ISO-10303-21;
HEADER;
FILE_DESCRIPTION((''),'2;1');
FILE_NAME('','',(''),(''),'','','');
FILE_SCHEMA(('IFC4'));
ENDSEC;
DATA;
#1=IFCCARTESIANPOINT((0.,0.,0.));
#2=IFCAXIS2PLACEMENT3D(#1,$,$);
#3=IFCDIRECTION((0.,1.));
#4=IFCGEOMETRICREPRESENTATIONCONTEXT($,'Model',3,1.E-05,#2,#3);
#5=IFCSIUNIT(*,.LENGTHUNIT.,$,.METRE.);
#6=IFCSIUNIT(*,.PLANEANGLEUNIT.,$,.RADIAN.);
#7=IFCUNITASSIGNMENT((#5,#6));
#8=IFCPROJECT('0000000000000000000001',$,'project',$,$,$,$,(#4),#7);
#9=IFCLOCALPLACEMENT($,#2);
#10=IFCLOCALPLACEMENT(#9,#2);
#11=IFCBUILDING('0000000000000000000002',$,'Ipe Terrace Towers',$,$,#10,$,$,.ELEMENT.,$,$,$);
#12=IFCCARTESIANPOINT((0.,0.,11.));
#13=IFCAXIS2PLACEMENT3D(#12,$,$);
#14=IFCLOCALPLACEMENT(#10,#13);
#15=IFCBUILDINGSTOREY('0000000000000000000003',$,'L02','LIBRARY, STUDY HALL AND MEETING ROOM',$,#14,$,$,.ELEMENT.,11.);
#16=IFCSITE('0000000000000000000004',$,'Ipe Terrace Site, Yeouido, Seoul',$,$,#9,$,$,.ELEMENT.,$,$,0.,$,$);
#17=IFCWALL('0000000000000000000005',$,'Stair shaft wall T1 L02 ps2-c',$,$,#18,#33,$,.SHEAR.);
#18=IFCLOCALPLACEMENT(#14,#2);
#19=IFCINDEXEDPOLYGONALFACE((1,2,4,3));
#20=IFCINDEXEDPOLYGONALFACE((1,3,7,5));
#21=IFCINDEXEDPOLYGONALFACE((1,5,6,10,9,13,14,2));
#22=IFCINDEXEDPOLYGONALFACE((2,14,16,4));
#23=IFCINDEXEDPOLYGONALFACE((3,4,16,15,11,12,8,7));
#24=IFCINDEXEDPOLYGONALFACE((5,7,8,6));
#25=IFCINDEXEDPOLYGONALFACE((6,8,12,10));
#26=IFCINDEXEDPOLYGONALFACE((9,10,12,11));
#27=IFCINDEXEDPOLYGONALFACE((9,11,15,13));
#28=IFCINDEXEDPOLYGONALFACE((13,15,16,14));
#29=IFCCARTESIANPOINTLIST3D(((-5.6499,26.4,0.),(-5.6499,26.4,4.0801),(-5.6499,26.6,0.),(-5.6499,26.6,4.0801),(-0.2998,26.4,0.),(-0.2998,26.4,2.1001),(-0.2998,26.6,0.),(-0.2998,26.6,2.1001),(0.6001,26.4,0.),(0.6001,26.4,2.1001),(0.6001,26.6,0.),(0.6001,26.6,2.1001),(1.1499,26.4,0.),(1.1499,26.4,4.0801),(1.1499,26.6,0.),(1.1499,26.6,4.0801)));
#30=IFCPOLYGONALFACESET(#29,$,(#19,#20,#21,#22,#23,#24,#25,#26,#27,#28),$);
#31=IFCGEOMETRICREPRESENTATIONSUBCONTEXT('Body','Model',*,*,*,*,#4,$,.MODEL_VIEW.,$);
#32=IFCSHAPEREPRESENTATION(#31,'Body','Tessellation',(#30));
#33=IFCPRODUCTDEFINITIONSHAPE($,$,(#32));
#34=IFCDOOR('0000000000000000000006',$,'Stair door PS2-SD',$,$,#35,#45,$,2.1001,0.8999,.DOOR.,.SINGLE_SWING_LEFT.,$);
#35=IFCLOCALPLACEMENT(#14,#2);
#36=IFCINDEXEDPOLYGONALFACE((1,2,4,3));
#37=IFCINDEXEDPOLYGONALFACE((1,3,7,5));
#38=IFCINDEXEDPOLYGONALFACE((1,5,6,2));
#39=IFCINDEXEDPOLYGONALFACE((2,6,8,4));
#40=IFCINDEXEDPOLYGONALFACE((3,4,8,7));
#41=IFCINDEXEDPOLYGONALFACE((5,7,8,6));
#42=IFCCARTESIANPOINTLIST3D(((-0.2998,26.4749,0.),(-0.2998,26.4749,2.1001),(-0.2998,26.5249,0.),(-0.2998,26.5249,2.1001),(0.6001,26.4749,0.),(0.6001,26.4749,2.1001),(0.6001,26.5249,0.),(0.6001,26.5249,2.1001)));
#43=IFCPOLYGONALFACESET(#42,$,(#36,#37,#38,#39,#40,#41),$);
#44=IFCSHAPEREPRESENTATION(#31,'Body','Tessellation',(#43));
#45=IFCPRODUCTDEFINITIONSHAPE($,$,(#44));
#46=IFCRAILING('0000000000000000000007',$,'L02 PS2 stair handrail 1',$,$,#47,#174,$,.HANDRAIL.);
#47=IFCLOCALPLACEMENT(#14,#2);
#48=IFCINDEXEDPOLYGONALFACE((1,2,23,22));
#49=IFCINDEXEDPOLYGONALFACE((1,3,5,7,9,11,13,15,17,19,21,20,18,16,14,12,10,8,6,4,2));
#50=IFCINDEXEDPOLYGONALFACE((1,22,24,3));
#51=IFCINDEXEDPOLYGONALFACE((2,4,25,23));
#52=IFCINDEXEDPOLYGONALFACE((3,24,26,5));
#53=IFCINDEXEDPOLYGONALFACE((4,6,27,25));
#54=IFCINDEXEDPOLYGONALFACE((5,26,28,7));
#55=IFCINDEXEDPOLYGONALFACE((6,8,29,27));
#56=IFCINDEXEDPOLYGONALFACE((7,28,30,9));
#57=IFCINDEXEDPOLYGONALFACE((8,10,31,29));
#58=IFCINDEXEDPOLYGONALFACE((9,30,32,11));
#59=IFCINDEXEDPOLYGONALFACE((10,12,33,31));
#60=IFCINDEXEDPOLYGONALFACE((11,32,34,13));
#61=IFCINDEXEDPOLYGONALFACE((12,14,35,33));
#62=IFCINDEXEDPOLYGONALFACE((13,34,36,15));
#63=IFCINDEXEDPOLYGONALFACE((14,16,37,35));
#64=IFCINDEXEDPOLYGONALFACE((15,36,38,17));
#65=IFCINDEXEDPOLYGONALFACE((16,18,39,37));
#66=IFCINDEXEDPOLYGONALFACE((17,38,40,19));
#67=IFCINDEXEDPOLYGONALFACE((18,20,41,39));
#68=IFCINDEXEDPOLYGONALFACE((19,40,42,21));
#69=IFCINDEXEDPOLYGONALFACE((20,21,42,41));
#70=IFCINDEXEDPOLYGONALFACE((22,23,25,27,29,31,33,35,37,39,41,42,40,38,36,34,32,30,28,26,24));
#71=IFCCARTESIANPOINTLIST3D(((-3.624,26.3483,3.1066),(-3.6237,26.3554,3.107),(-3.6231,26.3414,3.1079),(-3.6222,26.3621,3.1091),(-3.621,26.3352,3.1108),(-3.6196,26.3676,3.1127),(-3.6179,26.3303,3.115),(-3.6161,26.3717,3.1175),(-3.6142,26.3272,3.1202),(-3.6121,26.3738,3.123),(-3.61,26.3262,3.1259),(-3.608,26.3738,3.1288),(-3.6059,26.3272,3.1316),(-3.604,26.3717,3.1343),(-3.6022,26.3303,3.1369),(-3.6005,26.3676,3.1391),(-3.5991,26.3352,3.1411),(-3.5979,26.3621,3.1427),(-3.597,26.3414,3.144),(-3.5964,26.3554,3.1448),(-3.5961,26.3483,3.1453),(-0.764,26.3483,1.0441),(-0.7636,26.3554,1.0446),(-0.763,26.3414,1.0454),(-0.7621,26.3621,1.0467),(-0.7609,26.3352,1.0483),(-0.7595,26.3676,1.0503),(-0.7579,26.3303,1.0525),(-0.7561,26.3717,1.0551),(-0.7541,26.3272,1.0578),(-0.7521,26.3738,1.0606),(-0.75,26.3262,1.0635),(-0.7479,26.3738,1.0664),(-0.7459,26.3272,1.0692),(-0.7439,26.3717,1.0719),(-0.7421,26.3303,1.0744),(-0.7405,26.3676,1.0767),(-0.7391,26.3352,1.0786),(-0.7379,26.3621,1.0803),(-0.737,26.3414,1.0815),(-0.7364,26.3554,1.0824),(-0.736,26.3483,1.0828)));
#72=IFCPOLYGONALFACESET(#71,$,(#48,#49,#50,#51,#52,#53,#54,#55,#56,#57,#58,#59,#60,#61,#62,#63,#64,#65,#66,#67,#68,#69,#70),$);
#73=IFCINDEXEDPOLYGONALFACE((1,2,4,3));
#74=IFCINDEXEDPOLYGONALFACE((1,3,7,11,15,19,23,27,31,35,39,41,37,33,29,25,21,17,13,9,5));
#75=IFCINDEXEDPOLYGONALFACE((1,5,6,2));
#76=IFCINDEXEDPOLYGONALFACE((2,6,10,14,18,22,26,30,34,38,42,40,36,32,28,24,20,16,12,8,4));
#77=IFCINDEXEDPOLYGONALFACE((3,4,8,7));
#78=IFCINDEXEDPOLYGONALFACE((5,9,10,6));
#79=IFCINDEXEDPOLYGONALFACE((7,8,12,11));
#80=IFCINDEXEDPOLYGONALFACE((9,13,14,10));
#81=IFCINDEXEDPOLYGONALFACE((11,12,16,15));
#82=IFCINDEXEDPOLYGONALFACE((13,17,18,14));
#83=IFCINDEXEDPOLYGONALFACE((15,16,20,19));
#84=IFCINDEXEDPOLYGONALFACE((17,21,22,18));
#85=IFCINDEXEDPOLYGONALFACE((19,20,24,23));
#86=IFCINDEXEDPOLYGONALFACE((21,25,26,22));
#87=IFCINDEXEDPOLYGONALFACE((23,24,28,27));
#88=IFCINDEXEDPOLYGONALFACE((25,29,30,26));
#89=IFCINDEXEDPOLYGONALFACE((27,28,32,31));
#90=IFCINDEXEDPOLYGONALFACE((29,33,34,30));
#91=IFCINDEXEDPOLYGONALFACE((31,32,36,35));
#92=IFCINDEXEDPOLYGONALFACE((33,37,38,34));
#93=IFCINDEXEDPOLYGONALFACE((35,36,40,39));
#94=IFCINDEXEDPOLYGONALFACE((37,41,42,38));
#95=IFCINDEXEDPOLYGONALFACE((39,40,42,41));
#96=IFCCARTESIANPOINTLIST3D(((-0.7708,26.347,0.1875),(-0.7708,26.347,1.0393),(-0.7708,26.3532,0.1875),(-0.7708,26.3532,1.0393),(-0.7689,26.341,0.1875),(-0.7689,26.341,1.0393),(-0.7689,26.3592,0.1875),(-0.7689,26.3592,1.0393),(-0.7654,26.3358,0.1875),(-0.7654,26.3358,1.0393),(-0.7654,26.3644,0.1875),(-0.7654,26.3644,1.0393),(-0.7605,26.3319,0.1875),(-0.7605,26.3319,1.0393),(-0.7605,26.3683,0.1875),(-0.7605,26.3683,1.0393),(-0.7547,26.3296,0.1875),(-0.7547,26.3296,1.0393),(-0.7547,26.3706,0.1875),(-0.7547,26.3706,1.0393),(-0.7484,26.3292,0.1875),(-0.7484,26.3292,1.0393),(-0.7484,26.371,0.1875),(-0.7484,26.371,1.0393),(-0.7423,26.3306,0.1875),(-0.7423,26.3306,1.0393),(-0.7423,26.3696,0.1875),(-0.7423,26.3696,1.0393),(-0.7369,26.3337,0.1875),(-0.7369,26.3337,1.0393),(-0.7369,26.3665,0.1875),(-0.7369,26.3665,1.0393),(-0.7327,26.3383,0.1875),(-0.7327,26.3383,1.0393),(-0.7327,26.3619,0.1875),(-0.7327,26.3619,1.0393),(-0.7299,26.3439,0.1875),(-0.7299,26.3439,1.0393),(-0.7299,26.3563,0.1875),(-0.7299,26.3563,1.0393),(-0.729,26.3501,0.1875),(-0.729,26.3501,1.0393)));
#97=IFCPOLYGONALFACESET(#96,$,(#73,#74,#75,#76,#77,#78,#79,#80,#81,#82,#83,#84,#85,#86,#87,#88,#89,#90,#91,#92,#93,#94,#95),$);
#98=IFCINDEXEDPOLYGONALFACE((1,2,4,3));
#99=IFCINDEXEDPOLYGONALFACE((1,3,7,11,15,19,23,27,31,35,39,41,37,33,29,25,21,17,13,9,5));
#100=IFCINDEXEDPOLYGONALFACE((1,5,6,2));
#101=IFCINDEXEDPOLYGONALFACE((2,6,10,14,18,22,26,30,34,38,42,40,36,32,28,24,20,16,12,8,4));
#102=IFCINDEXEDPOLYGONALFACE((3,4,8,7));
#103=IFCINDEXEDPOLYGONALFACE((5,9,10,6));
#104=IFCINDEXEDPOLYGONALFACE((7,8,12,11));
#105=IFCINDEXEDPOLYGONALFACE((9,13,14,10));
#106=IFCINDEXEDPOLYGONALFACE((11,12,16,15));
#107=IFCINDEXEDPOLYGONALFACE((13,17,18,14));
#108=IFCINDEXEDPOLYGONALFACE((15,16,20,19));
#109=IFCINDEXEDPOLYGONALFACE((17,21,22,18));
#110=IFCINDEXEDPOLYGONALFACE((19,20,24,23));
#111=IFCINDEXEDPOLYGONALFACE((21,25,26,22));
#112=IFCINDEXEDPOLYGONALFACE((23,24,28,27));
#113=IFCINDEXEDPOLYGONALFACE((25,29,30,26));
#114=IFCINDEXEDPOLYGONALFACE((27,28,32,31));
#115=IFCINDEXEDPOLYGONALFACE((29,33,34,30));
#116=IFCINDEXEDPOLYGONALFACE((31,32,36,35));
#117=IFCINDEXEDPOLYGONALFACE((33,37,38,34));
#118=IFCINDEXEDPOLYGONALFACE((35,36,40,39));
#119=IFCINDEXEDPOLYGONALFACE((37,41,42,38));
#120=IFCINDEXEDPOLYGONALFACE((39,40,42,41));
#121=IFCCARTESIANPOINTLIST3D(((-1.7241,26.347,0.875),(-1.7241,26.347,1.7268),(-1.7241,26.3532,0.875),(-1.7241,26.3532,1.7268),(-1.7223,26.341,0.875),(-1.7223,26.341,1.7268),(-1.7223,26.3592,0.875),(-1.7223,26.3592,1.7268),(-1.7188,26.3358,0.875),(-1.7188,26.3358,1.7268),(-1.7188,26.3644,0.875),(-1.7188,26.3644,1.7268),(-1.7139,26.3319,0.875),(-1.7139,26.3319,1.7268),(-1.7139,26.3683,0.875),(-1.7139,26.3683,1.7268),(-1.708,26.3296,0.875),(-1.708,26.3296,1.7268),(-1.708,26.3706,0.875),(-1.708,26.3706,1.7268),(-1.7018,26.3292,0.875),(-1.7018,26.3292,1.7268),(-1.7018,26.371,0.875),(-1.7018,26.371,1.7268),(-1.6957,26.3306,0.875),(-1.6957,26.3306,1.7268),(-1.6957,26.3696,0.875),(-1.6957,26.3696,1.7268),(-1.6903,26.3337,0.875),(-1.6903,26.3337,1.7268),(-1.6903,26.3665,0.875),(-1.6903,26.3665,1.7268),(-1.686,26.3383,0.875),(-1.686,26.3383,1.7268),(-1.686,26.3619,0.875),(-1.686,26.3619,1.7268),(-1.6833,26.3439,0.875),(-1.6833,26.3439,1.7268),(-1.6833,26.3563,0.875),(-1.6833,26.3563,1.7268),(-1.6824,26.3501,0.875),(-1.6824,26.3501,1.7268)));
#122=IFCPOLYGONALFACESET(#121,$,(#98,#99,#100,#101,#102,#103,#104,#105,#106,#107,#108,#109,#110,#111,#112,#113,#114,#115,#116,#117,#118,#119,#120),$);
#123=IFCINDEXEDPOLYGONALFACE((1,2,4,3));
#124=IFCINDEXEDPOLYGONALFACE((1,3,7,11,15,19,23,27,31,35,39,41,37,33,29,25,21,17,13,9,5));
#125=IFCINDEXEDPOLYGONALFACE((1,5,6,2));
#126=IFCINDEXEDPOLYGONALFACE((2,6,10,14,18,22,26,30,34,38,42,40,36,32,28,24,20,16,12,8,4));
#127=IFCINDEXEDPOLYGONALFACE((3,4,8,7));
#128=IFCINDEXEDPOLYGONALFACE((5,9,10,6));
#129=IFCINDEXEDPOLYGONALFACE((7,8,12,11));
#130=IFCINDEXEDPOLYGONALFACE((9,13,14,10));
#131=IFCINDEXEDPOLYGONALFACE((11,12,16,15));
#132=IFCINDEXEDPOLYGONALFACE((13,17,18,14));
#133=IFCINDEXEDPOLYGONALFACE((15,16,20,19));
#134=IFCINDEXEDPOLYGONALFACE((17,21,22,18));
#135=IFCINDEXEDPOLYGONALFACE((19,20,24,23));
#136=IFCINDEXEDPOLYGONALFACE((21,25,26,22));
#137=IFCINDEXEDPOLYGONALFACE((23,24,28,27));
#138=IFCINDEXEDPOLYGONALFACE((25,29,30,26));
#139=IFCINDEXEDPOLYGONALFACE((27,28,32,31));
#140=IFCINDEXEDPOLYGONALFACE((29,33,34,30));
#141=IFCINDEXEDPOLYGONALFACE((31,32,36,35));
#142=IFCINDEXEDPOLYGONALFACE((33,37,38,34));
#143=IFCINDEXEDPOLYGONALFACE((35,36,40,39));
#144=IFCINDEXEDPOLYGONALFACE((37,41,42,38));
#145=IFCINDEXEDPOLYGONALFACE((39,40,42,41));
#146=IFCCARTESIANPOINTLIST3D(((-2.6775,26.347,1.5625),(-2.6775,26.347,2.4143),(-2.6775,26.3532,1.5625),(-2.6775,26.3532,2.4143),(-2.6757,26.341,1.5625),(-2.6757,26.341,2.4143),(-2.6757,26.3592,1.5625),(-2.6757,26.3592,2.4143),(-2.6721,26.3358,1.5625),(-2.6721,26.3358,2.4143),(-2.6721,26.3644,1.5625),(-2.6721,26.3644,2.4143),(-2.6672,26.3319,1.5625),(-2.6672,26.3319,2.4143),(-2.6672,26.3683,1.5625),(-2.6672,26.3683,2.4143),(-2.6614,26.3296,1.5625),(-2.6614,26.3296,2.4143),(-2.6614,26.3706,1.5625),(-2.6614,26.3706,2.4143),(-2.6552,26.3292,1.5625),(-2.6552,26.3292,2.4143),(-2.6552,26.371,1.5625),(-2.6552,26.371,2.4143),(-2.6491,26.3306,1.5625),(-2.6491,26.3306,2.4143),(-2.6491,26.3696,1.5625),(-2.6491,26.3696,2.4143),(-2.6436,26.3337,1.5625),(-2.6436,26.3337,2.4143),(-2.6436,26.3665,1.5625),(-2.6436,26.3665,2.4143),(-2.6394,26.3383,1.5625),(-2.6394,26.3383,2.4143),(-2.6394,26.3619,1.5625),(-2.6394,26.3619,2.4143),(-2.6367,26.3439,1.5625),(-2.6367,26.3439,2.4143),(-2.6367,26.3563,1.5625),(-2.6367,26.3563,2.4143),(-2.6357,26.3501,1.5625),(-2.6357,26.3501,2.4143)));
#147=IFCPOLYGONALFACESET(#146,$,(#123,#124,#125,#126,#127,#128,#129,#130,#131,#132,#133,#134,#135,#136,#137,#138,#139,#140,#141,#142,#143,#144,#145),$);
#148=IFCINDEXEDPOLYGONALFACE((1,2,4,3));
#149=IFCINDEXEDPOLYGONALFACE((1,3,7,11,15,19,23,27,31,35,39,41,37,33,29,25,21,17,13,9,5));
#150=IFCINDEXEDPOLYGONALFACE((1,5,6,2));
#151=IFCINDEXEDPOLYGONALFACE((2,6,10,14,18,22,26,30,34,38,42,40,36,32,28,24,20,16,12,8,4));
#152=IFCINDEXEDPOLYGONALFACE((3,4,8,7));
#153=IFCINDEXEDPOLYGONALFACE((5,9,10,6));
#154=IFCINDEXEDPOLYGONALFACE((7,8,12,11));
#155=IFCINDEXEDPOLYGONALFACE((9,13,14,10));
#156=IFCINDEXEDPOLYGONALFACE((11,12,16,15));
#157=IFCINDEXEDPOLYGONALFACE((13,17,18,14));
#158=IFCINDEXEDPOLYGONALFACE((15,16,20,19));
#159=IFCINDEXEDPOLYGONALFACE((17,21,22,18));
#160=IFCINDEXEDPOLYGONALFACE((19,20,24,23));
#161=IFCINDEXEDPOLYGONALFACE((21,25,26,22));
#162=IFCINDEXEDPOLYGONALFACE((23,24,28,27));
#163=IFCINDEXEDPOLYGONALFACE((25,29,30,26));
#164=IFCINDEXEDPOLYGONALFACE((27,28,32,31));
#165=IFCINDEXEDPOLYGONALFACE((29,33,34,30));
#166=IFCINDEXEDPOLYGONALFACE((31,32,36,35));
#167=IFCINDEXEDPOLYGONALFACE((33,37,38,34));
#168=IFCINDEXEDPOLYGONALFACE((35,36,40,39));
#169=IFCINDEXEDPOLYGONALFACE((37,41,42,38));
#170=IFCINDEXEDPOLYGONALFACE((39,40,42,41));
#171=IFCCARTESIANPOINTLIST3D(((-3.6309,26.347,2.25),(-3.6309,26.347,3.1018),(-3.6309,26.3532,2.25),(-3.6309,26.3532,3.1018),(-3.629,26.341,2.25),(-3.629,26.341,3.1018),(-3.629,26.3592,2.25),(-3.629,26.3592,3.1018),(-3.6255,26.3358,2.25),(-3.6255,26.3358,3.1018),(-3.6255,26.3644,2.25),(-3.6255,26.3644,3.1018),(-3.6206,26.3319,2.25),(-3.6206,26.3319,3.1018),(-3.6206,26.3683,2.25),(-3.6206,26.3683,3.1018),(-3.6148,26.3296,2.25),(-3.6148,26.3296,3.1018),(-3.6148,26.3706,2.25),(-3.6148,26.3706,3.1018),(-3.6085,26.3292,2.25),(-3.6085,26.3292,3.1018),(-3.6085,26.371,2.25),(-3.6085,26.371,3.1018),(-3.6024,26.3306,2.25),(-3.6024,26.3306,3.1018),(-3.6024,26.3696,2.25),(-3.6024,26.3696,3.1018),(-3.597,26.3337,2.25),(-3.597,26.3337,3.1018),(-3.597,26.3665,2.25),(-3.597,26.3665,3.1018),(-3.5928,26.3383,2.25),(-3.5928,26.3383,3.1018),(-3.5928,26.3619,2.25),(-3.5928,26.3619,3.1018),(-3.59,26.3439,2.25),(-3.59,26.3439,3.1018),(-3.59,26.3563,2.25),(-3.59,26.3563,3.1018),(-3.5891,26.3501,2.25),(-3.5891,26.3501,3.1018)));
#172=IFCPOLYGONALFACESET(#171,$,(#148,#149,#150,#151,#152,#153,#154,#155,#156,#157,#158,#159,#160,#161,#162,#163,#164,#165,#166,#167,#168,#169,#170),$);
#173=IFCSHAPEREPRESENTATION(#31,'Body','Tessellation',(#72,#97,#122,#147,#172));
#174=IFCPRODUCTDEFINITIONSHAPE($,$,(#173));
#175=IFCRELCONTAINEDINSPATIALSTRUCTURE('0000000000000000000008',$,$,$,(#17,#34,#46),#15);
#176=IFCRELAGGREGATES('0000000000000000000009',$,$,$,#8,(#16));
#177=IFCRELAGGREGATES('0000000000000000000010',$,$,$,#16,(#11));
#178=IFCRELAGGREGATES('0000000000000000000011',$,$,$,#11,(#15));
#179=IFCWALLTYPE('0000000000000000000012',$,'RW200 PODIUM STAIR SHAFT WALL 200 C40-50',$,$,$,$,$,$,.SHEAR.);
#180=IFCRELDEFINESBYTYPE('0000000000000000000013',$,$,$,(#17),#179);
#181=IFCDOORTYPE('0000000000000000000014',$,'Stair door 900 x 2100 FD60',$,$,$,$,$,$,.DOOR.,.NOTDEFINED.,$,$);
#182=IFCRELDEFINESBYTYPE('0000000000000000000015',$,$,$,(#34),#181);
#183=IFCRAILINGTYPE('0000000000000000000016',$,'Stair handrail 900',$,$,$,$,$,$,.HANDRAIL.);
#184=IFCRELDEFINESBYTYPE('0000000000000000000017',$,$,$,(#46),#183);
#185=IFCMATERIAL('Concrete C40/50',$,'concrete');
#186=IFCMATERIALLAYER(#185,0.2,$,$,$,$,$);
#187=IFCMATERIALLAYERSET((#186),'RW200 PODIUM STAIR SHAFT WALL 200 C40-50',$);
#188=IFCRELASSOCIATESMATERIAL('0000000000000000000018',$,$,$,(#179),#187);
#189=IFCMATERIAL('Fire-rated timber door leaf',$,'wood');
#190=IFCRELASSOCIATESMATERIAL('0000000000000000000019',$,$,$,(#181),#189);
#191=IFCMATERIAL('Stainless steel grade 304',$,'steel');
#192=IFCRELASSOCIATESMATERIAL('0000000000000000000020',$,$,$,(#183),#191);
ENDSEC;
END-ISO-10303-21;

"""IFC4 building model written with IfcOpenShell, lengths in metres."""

from ifc_helpers import new_model, si_unit, direction, frame, frame_2d, origin, origin_2d, place, context, subcontext, project, spatial, rectangle, circle, extrude, material, layer, layer_set, type_object, element, fill, save


model = new_model("IFC4")

# Units and contexts
model_context = context("Model", 3, precision=1e-05, world=origin(), true_north=direction((0.0, 1.0)))
body_context = subcontext(model_context, "Body", "Model", "MODEL_VIEW")
ifc_project = project(units=[si_unit("LENGTHUNIT", "METRE"), si_unit("PLANEANGLEUNIT", "RADIAN")], contexts=[model_context])

# Site, building, storey
site_placement = place(None, origin())
site = spatial("IfcSite", under=ifc_project, at=site_placement, Name="Ipe Terrace Site, Yeouido, Seoul", CompositionType="ELEMENT", RefElevation=0.0)
building_placement = place(site_placement, origin())
building = spatial("IfcBuilding", under=site, at=building_placement, Name="Ipe Terrace Towers", CompositionType="ELEMENT")
storey_placement = place(building_placement, frame((0.0, 0.0, 11.0)))
storey = spatial("IfcBuildingStorey", under=building, at=storey_placement, Name="L02", Description="LIBRARY, STUDY HALL AND MEETING ROOM", CompositionType="ELEMENT", Elevation=11.0)

# Wall, opening, door
ifc_material_1 = material(Name="Concrete C40/50", Category="concrete")
ifc_layer_1 = layer(ifc_material_1, 0.2)
ifc_layer_set_1 = layer_set([ifc_layer_1], Name="RW200 PODIUM STAIR SHAFT WALL 200 C40-50")
wall_type_1 = type_object("IfcWallType", Name="RW200 PODIUM STAIR SHAFT WALL 200 C40-50", PredefinedType="SHEAR", material=ifc_layer_set_1)
wall_1_placement = place(storey_placement, frame((-5.6499, 26.5, 0.0), z_axis=(0.0, 0.0, 1.0), x_axis=(1.0, 0.0, 0.0)))
wall_1 = element("IfcWall", 1, at=wall_1_placement, inside=storey, type_object=wall_type_1, Name="Stair shaft wall T1 L02 ps2-c", PredefinedType="SHEAR", context=body_context, shape_type="SweptSolid", body=[
    extrude(rectangle(XDim=6.7998, YDim=0.2, at=frame_2d((3.3999, 0.0))), origin(), (0.0, 0.0, 1.0), 4.0801),
])
opening_1_placement = place(wall_1_placement, frame((5.3501, 0.0, 0.0)))
opening_1 = element("IfcOpeningElement", 2, at=opening_1_placement, cuts=wall_1, PredefinedType="OPENING", context=body_context, shape_type="SweptSolid", body=[
    extrude(rectangle(XDim=0.8999, YDim=2.1001, at=frame_2d((0.45, 1.05))), frame((0.0, 0.1099, 0.0), z_axis=(0.0, -1.0, 0.0), x_axis=(1.0, 0.0, 0.0)), (0.0, 0.0, 1.0), 0.22),
])
ifc_material_2 = material(Name="Fire-rated timber door leaf", Category="wood")
door_type_1 = type_object("IfcDoorType", Name="Stair door 900 x 2100 FD60", OperationType="NOTDEFINED", PredefinedType="DOOR", material=ifc_material_2)
door_1_placement = place(opening_1_placement, origin())
door_1 = element("IfcDoor", 3, at=door_1_placement, inside=storey, type_object=door_type_1, Name="Stair door PS2-SD", OperationType="SINGLE_SWING_LEFT", OverallHeight=2.1001, OverallWidth=0.8999, PredefinedType="DOOR", context=body_context, shape_type="SweptSolid", body=[
    extrude(rectangle(XDim=0.8999, YDim=2.1001, at=frame_2d((0.45, 1.05))), frame((0.0, 0.0249, 0.0), z_axis=(0.0, -1.0, 0.0), x_axis=(1.0, 0.0, 0.0)), (0.0, 0.0, 1.0), 0.05),
])
fill(opening_1, door_1)

# Railing
ifc_material_3 = material(Name="Stainless steel grade 304", Category="steel")
railing_type_1 = type_object("IfcRailingType", Name="Stair handrail 900", PredefinedType="HANDRAIL", material=ifc_material_3)
railing_1_placement = place(storey_placement, frame((-0.75, 26.3501, 0.1875)))
element("IfcRailing", 4, at=railing_1_placement, inside=storey, type_object=railing_type_1, Name="L02 PS2 stair handrail 1", PredefinedType="HANDRAIL", context=body_context, shape_type="SweptSolid", body=[
    extrude(circle(Radius=0.0239, at=origin_2d()), frame((0.0, 0.0, 0.876), z_axis=(-0.811101, 0.0, 0.584906), x_axis=(0.0, -1.0, 0.0)), (0.0, 0.0, 1.0), 3.5261),
    extrude(circle(Radius=0.021, at=origin_2d()), origin(), (0.0, 0.0, 1.0), 0.8518),
    extrude(circle(Radius=0.021, at=origin_2d()), frame((-0.9534, 0.0, 0.6875)), (0.0, 0.0, 1.0), 0.8518),
    extrude(circle(Radius=0.021, at=origin_2d()), frame((-1.9067, 0.0, 1.375)), (0.0, 0.0, 1.0), 0.8518),
    extrude(circle(Radius=0.021, at=origin_2d()), frame((-2.8601, 0.0, 2.0625)), (0.0, 0.0, 1.0), 0.8518),
])

save(model, "model.ifc")
